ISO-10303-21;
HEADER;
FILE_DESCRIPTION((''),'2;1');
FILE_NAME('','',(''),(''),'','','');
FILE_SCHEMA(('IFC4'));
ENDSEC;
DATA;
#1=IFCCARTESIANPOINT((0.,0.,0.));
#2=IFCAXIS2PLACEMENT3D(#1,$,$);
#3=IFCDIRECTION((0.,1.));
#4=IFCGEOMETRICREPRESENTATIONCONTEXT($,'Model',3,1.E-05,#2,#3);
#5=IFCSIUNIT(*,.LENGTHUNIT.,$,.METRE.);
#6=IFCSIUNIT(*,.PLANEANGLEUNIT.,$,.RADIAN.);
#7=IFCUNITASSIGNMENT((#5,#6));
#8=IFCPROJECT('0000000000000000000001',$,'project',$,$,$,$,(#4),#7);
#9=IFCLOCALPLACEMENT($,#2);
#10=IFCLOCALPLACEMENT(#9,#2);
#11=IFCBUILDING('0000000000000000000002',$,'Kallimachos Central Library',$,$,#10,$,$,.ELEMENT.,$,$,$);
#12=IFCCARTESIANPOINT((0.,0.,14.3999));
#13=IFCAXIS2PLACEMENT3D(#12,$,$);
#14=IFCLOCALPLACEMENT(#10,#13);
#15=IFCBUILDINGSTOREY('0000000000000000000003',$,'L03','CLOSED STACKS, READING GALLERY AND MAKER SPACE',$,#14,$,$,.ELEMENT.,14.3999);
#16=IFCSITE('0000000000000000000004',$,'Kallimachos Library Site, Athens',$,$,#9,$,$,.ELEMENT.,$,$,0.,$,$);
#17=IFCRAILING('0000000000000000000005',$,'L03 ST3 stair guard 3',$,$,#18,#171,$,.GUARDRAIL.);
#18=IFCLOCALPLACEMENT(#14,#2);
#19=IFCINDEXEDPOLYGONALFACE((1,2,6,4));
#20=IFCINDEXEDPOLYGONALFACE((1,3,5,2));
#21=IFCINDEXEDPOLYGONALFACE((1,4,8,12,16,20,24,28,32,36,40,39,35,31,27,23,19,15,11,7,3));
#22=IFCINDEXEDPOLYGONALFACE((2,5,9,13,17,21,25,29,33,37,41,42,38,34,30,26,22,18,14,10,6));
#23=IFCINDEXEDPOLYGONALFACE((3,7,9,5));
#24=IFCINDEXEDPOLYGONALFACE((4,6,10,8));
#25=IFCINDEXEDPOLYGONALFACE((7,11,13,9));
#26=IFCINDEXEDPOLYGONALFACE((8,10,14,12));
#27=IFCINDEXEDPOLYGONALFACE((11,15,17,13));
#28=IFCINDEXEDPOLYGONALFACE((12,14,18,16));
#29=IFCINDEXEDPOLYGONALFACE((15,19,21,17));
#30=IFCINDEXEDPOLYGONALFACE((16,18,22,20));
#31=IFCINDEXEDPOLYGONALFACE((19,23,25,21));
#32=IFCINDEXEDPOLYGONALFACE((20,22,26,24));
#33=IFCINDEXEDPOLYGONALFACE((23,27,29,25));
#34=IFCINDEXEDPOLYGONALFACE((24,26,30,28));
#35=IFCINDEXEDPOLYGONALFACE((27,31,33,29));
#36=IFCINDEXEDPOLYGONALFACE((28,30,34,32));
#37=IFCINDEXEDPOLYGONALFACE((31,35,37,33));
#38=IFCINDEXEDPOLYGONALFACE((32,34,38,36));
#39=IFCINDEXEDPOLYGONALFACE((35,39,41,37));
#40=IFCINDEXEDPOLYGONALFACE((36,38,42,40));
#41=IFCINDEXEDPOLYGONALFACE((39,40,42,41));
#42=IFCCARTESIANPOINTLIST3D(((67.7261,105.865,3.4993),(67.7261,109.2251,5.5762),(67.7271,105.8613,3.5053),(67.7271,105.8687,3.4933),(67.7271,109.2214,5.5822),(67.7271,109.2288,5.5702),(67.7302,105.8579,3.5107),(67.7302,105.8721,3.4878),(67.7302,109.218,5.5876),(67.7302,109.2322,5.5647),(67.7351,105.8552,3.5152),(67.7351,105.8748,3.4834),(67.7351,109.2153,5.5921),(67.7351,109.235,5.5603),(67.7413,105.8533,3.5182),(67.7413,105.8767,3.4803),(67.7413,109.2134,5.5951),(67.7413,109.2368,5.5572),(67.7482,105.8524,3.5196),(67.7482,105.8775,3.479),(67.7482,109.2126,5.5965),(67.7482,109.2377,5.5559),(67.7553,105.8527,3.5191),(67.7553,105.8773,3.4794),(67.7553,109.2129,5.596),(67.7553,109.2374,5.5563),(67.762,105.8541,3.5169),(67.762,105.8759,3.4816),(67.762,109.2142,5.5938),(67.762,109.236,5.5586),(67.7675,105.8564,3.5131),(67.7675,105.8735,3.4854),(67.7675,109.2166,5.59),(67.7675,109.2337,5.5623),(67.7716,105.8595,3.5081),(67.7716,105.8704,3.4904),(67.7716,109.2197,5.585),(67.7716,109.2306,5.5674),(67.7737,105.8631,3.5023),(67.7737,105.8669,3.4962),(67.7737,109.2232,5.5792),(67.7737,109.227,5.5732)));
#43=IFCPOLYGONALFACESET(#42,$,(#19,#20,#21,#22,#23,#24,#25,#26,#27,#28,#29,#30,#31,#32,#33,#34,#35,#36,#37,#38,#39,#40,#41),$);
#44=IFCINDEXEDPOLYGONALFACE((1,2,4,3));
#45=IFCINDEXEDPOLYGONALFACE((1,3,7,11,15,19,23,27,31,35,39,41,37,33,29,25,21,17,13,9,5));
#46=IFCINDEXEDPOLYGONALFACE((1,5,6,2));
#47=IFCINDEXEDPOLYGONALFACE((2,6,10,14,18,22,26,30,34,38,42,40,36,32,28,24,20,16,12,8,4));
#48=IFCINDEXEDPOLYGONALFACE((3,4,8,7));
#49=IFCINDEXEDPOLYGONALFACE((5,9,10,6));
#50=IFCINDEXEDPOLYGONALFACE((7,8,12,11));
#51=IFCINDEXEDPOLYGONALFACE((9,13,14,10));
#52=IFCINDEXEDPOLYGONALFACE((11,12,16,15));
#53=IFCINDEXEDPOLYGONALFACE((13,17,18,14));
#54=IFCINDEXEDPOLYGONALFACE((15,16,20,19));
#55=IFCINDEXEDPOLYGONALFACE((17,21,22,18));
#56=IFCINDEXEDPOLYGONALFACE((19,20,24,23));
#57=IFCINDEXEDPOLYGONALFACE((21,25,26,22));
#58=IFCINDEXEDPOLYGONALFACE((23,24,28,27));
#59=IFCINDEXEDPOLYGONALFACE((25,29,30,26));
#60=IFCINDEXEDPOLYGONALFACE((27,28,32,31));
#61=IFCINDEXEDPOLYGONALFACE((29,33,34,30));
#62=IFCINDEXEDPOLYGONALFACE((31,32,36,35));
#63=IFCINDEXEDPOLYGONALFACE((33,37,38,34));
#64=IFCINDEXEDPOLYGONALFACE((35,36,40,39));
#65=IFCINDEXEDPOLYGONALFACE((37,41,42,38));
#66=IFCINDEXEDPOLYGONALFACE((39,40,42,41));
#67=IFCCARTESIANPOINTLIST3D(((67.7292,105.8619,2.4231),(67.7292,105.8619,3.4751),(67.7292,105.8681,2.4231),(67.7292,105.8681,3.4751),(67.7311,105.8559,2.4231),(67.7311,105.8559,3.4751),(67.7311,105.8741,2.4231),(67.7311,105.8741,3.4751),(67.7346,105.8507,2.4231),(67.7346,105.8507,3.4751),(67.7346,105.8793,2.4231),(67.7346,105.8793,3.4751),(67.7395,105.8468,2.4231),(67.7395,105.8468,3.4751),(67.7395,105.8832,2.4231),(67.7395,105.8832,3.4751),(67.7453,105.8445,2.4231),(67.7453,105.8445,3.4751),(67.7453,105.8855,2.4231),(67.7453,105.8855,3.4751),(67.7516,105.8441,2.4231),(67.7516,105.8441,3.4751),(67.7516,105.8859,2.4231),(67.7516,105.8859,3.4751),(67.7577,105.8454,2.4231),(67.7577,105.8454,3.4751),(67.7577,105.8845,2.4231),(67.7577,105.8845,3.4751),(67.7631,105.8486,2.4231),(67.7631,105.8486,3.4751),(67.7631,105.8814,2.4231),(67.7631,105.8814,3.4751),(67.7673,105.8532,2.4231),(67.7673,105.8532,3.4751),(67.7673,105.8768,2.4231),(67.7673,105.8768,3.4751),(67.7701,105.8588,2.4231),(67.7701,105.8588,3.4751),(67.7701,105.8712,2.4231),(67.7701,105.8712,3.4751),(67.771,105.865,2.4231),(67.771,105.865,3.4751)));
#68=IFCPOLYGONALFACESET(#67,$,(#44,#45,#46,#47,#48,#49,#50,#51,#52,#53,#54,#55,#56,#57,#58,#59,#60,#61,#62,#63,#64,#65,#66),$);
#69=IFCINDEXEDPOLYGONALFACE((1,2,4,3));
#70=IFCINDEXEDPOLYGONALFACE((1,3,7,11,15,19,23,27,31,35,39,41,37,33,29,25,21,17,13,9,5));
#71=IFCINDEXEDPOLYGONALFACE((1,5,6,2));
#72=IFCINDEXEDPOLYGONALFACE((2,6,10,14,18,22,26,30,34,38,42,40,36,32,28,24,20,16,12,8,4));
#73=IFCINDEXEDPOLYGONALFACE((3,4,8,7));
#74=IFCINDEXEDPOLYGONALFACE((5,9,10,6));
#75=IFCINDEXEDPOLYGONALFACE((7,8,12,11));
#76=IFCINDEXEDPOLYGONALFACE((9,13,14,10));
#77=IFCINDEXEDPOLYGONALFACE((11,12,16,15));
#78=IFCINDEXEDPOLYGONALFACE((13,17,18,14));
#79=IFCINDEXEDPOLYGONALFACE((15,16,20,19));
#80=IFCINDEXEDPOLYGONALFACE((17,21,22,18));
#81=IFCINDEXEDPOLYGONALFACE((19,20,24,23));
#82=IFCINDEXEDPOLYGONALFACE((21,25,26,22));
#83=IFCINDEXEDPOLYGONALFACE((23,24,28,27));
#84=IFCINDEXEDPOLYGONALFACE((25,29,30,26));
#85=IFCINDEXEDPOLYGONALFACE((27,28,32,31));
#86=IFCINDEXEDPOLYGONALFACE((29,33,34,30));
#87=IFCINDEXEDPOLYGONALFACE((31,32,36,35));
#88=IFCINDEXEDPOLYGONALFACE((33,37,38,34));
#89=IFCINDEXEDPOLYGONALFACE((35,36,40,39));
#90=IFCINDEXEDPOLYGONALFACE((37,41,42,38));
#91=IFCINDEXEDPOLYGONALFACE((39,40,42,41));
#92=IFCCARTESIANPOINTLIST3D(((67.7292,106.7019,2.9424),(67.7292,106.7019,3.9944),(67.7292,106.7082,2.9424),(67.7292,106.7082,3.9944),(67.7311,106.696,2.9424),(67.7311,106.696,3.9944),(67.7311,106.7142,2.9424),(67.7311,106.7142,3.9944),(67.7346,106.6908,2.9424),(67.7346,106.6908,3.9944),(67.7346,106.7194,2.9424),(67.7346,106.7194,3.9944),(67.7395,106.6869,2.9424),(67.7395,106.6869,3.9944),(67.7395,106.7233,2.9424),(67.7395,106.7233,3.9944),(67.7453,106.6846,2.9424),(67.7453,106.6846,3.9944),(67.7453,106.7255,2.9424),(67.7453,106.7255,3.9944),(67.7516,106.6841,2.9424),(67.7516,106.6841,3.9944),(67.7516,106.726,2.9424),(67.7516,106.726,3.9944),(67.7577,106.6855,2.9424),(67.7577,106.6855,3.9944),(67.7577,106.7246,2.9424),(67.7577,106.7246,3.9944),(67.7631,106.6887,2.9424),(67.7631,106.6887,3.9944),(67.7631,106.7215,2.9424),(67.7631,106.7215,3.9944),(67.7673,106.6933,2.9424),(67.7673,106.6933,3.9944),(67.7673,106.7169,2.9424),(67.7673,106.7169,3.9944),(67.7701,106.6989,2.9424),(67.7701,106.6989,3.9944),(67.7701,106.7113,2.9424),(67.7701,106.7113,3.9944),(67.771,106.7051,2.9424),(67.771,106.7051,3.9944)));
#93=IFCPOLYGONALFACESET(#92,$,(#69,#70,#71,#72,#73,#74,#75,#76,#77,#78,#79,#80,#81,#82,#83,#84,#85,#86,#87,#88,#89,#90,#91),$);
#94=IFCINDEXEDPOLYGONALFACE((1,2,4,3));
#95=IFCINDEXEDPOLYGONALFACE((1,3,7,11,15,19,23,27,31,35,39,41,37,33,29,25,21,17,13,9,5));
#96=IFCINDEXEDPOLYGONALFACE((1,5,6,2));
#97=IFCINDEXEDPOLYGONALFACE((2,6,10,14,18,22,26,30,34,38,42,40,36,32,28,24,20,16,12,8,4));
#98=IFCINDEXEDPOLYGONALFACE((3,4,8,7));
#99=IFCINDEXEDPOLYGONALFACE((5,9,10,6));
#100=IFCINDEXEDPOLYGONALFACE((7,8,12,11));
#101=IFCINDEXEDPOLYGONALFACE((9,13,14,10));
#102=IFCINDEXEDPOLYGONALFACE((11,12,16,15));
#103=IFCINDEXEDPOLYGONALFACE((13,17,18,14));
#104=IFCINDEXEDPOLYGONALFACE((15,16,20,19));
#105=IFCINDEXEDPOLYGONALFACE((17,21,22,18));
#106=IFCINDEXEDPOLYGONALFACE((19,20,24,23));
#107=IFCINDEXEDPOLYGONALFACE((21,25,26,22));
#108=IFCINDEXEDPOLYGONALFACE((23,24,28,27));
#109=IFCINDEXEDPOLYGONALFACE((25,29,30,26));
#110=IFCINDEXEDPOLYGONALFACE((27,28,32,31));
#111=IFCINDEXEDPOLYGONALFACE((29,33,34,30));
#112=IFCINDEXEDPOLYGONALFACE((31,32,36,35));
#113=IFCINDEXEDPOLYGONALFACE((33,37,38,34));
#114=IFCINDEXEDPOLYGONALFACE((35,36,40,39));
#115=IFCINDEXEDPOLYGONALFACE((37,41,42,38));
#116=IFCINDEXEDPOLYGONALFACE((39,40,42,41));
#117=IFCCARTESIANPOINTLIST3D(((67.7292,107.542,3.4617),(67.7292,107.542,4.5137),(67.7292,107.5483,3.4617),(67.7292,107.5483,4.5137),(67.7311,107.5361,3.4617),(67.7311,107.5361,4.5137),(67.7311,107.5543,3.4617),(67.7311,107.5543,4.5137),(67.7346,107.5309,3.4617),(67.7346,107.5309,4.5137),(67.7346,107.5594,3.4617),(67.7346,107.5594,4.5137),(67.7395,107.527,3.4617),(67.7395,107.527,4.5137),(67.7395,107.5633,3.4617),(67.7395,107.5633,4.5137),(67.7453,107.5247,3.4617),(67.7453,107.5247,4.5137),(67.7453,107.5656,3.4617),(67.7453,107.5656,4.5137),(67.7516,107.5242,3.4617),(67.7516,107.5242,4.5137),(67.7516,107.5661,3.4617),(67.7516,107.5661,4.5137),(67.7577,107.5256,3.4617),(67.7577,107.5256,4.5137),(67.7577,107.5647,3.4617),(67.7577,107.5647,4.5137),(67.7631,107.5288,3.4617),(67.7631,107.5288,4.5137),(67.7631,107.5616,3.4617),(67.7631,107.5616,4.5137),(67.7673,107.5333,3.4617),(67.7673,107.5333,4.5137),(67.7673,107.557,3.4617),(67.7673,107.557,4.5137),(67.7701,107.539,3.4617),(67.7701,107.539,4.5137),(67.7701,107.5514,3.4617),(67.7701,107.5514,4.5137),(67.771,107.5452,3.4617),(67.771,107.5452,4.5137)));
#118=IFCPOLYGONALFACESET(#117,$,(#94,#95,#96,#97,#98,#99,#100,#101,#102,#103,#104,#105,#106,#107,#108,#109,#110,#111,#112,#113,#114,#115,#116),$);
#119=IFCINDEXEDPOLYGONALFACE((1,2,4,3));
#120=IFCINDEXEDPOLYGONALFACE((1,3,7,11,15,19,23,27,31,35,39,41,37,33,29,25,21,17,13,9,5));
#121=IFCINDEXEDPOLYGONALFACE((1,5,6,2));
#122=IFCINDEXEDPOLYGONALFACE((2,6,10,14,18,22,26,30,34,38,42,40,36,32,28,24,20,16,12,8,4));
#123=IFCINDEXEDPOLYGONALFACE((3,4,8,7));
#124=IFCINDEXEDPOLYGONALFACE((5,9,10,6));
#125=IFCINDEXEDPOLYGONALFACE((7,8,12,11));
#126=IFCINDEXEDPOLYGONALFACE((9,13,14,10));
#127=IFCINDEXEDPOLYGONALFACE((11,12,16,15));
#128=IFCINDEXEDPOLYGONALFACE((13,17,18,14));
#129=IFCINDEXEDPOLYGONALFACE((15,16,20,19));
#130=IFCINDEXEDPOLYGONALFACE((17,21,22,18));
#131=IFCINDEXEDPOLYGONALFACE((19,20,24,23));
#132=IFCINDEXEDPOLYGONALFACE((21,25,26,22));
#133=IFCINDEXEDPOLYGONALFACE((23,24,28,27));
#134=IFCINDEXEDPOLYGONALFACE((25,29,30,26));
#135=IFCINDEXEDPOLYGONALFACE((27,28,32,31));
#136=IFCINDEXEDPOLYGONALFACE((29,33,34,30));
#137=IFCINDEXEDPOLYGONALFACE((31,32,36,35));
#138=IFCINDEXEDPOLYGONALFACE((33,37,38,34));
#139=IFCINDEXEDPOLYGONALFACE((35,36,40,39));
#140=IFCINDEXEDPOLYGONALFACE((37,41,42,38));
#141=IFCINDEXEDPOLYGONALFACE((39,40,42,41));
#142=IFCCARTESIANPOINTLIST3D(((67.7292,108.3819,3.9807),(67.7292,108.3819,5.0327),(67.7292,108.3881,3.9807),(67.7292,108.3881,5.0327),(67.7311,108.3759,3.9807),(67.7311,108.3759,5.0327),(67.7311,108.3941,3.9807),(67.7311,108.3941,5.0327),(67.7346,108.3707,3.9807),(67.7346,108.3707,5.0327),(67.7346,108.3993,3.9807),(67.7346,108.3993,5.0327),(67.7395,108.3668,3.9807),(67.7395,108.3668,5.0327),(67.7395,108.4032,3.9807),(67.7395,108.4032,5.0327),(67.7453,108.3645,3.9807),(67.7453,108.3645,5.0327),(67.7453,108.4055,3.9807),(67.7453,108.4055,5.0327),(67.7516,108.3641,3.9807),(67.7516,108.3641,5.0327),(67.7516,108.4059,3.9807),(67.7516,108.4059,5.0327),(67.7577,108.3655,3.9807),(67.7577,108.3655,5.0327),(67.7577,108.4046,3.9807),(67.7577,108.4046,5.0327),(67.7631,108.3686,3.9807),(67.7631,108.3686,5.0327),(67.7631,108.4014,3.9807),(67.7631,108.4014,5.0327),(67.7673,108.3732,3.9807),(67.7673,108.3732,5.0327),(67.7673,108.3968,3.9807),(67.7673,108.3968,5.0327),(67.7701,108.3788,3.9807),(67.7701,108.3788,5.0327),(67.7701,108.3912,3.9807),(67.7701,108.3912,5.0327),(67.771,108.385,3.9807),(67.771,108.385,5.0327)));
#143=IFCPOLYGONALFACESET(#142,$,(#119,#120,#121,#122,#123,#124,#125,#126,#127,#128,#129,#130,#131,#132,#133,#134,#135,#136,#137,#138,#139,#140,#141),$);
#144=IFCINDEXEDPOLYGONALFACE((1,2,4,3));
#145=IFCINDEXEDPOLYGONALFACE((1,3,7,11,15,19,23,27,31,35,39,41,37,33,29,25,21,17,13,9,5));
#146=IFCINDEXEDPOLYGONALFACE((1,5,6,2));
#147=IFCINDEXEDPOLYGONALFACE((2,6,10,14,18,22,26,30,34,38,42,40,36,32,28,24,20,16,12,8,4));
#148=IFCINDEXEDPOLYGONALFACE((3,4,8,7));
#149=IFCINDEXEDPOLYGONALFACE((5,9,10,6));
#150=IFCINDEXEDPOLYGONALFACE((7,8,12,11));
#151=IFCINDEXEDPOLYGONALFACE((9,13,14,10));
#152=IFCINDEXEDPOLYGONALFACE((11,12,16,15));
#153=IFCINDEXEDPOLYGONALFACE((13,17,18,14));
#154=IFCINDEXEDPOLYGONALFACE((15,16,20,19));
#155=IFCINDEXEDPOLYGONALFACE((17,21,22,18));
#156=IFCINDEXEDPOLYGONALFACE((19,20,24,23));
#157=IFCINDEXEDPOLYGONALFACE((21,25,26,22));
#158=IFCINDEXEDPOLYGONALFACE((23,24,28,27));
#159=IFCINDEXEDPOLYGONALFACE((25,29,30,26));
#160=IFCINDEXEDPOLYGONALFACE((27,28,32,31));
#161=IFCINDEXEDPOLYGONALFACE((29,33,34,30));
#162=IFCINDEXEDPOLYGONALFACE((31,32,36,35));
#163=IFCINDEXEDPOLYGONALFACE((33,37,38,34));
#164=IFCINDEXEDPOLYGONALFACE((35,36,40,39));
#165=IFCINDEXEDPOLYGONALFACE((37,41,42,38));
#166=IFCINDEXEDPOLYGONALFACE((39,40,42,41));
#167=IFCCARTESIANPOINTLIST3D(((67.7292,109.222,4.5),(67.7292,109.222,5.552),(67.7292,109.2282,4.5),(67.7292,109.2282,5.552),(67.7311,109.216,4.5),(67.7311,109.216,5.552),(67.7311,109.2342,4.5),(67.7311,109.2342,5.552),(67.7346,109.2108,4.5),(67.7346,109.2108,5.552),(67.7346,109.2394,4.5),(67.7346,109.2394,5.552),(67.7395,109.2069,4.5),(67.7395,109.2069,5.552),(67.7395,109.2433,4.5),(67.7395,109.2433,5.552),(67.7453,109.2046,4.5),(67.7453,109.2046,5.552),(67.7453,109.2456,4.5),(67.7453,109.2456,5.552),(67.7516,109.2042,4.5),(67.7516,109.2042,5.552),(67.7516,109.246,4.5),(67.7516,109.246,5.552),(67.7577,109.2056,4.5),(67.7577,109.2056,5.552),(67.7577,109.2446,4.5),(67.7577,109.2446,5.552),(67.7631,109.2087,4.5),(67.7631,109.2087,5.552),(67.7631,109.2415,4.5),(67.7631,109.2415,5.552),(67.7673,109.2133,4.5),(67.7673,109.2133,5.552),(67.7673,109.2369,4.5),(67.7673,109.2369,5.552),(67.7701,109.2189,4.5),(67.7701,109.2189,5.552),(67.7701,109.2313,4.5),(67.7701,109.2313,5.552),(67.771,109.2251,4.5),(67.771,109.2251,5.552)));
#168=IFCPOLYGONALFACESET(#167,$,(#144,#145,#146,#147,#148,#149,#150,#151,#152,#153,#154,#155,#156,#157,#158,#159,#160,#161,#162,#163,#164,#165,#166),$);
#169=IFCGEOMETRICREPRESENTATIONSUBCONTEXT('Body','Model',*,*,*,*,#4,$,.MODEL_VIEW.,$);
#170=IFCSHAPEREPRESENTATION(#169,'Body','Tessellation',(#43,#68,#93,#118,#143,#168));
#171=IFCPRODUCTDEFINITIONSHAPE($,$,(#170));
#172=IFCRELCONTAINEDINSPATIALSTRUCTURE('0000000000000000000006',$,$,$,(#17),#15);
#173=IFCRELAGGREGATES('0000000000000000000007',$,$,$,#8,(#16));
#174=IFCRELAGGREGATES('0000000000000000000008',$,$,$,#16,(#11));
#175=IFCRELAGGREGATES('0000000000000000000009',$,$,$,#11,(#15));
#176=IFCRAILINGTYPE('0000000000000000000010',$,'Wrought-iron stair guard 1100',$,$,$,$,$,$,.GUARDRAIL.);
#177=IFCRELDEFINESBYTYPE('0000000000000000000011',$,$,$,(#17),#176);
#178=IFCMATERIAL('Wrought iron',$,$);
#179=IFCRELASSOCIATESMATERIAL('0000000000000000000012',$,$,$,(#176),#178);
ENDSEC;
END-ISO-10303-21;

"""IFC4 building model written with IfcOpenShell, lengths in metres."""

from ifc_helpers import new_model, si_unit, direction, frame, origin, origin_2d, place, context, subcontext, project, spatial, circle, extrude, material, type_object, element, save


model = new_model("IFC4")

# Units and contexts
model_context = context("Model", 3, precision=1e-05, world=origin(), true_north=direction((0.0, 1.0)))
body_context = subcontext(model_context, "Body", "Model", "MODEL_VIEW")
ifc_project = project(units=[si_unit("LENGTHUNIT", "METRE"), si_unit("PLANEANGLEUNIT", "RADIAN")], contexts=[model_context])

# Site, building, storey
site_placement = place(None, origin())
site = spatial("IfcSite", under=ifc_project, at=site_placement, Name="Kallimachos Library Site, Athens", CompositionType="ELEMENT", RefElevation=0.0)
building_placement = place(site_placement, origin())
building = spatial("IfcBuilding", under=site, at=building_placement, Name="Kallimachos Central Library", CompositionType="ELEMENT")
storey_placement = place(building_placement, frame((0.0, 0.0, 14.3999)))
storey = spatial("IfcBuildingStorey", under=building, at=storey_placement, Name="L03", Description="CLOSED STACKS, READING GALLERY AND MAKER SPACE", CompositionType="ELEMENT", Elevation=14.3999)

# Railing
ifc_material_1 = material(Name="Wrought iron")
railing_type_1 = type_object("IfcRailingType", Name="Wrought-iron stair guard 1100", PredefinedType="GUARDRAIL", material=ifc_material_1)
railing_1_placement = place(storey_placement, frame((67.75, 105.865, 2.4231)))
element("IfcRailing", 1, at=railing_1_placement, inside=storey, type_object=railing_type_1, Name="L03 ST3 stair guard 3", PredefinedType="GUARDRAIL", context=body_context, shape_type="SweptSolid", body=[
    extrude(circle(Radius=0.0239, at=origin_2d()), frame((0.0, 0.0, 1.0762), z_axis=(0.0, 0.850623, 0.525776), x_axis=(-1.0, 0.0, 0.0)), (0.0, 0.0, 1.0), 3.9502),
    extrude(circle(Radius=0.021, at=origin_2d()), origin(), (0.0, 0.0, 1.0), 1.052),
    extrude(circle(Radius=0.021, at=origin_2d()), frame((0.0, 0.8401, 0.5193)), (0.0, 0.0, 1.0), 1.052),
    extrude(circle(Radius=0.021, at=origin_2d()), frame((0.0, 1.6802, 1.0386)), (0.0, 0.0, 1.0), 1.052),
    extrude(circle(Radius=0.021, at=origin_2d()), frame((0.0, 2.52, 1.5576)), (0.0, 0.0, 1.0), 1.052),
    extrude(circle(Radius=0.021, at=origin_2d()), frame((0.0, 3.3601, 2.0769)), (0.0, 0.0, 1.0), 1.052),
])

save(model, "model.ifc")
